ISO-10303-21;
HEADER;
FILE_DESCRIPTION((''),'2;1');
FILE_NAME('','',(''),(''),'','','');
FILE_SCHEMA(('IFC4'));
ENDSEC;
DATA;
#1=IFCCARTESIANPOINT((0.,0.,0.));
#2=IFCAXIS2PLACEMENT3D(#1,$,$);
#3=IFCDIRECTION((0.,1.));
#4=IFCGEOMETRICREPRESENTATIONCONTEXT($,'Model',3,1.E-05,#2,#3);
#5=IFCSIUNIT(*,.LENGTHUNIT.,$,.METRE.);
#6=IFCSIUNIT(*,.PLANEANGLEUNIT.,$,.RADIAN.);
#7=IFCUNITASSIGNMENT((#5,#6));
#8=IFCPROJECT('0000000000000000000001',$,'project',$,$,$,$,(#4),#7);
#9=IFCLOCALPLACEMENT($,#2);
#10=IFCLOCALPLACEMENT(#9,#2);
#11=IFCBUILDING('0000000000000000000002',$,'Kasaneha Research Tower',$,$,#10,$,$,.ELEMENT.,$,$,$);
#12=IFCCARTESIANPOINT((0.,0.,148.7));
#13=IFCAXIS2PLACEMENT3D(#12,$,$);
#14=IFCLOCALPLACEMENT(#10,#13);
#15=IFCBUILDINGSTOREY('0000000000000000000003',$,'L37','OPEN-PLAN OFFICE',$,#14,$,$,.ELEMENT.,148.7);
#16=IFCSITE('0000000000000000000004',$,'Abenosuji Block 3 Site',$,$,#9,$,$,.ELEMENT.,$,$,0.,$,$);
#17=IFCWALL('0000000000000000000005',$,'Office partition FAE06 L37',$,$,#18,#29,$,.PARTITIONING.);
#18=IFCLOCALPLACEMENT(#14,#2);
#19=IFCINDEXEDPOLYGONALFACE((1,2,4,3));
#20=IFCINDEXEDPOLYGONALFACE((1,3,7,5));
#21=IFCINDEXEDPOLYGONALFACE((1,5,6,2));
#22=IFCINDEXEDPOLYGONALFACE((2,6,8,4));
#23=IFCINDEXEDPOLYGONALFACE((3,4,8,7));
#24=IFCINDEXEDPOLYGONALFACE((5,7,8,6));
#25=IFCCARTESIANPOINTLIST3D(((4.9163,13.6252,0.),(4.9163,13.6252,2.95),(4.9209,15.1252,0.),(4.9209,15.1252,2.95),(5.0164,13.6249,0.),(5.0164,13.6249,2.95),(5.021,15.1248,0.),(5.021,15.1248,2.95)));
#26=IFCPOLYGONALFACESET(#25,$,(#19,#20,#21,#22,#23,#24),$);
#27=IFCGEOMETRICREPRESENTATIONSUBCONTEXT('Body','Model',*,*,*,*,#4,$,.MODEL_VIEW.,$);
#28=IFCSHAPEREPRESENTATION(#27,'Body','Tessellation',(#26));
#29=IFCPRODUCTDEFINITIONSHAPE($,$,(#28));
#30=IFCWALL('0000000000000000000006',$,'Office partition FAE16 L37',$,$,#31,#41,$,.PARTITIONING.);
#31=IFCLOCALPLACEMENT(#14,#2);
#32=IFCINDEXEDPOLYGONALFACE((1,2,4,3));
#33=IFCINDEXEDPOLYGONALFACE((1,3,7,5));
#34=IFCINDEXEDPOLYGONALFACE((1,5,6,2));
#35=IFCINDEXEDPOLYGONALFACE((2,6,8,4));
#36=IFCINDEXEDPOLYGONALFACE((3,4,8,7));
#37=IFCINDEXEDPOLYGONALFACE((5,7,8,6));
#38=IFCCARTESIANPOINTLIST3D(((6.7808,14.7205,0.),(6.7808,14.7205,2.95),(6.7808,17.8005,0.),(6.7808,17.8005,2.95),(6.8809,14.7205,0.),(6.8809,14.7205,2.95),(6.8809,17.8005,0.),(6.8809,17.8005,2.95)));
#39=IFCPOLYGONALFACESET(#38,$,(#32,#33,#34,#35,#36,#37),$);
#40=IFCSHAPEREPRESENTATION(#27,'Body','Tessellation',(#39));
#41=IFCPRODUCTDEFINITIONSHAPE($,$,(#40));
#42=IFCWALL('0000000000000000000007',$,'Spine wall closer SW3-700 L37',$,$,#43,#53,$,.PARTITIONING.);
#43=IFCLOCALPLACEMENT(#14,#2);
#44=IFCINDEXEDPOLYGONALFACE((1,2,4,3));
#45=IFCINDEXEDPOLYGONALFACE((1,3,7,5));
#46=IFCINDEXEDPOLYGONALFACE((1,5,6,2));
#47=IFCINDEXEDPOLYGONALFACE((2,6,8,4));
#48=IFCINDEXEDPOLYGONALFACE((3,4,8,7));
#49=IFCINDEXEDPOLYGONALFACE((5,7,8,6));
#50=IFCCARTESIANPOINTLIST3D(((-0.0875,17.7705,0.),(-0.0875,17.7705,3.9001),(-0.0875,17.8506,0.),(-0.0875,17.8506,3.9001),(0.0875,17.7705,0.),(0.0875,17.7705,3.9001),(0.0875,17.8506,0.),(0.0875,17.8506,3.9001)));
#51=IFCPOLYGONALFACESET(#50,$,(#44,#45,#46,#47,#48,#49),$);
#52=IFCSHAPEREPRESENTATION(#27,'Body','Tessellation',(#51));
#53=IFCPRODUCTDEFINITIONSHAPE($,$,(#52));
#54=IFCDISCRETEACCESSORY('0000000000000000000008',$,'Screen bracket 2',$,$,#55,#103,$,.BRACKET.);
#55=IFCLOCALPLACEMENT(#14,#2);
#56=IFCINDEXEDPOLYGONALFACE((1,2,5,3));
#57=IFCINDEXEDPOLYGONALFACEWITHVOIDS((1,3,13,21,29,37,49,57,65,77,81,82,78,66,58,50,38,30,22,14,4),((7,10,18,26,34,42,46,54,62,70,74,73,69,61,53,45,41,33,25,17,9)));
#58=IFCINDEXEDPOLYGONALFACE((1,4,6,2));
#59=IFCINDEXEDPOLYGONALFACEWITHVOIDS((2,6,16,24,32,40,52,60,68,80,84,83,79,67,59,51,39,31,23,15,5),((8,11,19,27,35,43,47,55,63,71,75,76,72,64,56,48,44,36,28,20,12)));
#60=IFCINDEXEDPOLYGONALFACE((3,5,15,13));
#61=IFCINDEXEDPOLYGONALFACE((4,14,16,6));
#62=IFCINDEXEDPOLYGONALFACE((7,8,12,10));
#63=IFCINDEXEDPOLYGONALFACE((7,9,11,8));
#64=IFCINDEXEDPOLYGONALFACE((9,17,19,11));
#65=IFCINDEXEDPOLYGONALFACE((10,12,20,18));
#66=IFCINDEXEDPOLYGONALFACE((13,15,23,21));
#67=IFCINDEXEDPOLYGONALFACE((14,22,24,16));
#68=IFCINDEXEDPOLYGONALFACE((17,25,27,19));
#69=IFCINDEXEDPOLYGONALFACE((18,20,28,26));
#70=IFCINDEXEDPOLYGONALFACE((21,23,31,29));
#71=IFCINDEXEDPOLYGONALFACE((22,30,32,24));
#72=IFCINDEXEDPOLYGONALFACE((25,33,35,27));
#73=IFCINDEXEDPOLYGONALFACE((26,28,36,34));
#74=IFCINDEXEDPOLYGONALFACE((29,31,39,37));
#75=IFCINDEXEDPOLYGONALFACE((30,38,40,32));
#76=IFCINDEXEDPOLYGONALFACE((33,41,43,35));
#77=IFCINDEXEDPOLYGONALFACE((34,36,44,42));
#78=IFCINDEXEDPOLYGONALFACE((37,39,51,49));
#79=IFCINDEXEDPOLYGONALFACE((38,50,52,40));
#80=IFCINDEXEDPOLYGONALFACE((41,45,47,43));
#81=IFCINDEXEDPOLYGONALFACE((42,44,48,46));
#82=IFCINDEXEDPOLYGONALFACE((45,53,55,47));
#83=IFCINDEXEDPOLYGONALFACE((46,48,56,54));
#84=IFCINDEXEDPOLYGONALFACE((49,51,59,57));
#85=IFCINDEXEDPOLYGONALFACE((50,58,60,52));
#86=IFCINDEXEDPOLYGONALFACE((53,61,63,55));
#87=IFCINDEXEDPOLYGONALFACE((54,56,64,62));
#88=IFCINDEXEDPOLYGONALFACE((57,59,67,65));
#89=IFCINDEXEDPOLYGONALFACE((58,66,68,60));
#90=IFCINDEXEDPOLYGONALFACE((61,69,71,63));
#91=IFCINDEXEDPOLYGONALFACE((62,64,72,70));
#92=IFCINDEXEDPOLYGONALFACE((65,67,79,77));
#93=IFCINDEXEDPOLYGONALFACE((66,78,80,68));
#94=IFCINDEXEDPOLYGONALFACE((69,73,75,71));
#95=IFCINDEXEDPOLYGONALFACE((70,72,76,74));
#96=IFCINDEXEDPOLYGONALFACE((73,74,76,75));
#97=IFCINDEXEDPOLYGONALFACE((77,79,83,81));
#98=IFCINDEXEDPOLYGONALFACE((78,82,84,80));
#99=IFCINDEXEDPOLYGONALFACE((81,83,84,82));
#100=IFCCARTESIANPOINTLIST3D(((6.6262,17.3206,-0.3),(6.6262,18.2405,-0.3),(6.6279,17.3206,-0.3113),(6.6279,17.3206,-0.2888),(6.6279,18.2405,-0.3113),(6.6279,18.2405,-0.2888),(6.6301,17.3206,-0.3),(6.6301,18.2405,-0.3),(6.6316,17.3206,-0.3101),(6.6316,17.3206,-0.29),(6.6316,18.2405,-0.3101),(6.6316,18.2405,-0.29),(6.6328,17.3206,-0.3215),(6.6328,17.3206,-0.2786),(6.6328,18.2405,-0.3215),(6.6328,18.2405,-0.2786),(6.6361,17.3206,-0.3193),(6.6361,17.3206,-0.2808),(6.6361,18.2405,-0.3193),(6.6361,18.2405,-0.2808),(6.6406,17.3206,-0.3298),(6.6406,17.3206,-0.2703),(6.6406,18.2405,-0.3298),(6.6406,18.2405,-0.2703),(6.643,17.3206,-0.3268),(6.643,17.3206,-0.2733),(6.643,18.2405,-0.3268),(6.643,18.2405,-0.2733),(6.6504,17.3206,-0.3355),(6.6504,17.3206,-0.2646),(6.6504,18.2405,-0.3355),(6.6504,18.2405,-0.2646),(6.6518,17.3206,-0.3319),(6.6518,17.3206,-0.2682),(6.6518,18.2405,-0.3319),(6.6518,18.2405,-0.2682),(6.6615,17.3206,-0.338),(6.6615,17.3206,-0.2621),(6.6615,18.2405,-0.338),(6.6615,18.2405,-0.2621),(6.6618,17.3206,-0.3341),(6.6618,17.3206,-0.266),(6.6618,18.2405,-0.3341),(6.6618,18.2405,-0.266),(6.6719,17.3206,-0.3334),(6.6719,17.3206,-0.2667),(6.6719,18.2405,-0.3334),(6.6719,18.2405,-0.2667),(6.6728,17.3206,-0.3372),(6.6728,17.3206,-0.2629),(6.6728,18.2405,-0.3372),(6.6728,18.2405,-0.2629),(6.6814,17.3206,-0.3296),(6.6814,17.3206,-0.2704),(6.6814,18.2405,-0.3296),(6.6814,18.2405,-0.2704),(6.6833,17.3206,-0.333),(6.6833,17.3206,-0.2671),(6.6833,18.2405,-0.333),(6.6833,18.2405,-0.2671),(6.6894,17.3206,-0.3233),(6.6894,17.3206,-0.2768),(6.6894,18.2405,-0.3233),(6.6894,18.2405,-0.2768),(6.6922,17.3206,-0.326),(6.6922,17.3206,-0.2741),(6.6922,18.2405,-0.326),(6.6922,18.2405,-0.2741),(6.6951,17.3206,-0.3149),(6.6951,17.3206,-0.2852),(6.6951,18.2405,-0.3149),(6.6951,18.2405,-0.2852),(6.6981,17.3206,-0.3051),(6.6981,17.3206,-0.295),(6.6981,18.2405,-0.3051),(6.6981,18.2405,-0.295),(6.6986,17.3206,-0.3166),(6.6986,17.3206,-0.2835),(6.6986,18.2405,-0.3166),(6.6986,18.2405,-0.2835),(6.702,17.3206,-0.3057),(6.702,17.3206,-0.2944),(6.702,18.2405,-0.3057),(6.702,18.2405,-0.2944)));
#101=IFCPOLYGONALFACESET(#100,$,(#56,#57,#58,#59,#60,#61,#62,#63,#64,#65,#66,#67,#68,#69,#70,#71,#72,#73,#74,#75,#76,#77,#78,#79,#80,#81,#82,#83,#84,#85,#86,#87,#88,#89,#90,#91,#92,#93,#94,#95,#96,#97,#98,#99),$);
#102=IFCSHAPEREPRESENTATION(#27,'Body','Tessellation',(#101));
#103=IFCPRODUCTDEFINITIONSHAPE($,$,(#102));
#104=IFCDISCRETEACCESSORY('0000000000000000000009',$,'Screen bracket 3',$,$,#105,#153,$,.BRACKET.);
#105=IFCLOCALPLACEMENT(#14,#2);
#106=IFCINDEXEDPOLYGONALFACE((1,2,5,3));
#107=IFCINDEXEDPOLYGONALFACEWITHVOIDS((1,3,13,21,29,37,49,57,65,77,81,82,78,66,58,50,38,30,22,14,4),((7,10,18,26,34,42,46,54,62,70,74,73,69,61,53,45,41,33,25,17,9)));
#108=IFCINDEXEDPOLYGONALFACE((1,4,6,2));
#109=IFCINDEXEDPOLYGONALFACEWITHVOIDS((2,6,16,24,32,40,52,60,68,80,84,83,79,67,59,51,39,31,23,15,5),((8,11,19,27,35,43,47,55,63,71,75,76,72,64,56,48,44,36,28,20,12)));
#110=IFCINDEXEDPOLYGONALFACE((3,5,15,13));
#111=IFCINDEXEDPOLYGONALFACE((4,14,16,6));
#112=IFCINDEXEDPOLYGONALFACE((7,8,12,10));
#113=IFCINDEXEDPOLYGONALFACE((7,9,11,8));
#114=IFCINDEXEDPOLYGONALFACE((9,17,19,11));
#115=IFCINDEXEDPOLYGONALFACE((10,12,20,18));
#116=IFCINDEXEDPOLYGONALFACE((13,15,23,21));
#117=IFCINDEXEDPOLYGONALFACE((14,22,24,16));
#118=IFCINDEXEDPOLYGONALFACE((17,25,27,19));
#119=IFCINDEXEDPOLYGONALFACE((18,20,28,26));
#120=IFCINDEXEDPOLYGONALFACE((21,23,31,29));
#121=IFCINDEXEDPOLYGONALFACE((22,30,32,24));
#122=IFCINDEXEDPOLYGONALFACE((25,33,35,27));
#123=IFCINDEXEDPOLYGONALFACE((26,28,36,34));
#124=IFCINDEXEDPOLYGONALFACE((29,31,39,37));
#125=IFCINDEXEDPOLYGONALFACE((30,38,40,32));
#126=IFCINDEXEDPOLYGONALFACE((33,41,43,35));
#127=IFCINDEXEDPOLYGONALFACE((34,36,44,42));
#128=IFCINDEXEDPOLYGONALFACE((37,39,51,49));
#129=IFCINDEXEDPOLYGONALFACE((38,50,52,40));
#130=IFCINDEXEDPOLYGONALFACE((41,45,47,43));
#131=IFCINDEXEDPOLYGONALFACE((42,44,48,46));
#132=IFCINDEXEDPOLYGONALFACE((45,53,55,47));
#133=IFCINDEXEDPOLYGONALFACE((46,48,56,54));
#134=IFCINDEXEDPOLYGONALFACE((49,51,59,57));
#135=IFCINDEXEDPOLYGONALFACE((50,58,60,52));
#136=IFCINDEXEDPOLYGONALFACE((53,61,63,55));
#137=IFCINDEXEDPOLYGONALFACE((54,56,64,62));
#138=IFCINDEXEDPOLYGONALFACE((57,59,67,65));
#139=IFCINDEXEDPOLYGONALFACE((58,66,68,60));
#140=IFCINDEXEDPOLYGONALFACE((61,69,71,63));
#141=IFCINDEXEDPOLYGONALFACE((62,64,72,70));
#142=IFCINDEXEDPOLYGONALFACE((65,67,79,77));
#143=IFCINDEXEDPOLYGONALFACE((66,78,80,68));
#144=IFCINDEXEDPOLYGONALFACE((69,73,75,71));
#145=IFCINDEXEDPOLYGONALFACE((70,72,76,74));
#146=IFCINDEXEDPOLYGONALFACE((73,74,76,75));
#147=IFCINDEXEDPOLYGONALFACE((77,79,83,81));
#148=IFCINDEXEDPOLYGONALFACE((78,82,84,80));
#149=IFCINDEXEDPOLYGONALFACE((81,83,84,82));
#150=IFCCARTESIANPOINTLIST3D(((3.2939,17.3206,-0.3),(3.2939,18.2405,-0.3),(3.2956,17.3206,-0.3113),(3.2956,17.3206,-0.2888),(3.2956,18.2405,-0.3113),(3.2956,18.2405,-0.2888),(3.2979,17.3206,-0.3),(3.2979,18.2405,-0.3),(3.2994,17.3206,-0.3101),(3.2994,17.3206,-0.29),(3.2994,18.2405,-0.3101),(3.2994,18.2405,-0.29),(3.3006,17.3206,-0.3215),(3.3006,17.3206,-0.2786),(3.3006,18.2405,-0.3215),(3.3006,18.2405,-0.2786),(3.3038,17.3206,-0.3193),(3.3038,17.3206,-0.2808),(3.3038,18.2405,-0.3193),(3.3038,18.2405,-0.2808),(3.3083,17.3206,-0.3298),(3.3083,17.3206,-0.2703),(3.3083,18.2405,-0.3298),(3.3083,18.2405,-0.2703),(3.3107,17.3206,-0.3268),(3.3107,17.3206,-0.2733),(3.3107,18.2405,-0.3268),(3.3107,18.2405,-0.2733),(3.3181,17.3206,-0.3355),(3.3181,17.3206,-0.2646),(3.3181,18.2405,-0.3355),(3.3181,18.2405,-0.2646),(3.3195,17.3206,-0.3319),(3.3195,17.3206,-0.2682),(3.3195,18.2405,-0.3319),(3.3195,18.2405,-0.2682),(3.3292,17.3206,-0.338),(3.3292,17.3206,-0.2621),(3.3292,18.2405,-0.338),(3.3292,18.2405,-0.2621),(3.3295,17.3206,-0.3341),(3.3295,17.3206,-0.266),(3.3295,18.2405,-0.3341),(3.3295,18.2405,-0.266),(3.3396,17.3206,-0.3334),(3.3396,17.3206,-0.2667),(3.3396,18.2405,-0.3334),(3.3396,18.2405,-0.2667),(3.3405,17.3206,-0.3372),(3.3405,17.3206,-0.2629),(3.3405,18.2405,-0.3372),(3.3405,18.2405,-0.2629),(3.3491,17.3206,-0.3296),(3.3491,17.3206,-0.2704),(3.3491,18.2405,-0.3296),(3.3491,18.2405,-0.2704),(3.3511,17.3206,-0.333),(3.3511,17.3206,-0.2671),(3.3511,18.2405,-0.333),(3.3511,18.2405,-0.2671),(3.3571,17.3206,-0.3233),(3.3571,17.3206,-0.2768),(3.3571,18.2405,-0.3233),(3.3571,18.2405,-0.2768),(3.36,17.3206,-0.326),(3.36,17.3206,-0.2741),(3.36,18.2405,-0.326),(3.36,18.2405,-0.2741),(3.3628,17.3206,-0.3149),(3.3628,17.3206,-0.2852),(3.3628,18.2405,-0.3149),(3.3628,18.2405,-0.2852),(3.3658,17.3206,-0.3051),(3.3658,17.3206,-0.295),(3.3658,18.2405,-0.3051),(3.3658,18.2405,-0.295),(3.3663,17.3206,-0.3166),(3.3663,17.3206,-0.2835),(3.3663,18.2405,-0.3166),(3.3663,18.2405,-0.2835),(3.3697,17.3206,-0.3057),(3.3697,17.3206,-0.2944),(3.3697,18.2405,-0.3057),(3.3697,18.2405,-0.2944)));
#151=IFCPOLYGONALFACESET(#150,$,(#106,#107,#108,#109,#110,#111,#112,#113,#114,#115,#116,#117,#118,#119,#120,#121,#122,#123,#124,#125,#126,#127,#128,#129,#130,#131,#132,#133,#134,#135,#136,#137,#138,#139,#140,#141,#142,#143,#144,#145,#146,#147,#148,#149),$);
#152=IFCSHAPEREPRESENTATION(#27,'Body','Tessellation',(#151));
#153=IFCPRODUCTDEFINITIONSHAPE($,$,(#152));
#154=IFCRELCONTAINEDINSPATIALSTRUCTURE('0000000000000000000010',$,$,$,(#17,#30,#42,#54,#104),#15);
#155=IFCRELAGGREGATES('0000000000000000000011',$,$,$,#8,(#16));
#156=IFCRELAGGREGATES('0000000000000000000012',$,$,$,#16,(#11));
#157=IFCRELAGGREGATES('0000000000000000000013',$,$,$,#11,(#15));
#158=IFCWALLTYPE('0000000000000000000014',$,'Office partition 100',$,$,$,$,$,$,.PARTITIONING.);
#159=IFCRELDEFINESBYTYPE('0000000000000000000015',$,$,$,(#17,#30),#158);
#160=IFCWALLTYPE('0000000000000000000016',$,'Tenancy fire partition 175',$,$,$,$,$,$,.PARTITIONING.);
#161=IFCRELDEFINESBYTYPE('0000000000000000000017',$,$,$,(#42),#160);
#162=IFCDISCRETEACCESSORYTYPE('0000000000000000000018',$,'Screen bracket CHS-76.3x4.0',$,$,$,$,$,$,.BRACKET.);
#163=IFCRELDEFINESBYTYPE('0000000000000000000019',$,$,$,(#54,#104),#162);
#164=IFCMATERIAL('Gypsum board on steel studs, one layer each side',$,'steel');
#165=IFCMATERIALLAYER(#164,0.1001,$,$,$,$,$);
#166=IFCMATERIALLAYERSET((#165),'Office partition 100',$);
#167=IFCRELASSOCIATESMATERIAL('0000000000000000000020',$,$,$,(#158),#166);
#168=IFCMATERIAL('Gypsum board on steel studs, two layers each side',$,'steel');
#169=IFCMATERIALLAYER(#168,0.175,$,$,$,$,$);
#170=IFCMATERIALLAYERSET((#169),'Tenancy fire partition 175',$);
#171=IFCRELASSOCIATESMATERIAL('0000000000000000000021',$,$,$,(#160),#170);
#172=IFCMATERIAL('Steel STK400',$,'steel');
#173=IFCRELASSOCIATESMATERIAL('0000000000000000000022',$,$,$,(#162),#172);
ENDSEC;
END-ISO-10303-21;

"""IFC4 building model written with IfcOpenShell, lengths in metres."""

from ifc_helpers import new_model, si_unit, direction, frame, frame_2d, origin, origin_2d, place, context, subcontext, project, spatial, rectangle, hollow_circle, extrude, material, layer, layer_set, material_profile, profile_set, type_object, element, save


model = new_model("IFC4")

# Units and contexts
model_context = context("Model", 3, precision=1e-05, world=origin(), true_north=direction((0.0, 1.0)))
body_context = subcontext(model_context, "Body", "Model", "MODEL_VIEW")
ifc_project = project(units=[si_unit("LENGTHUNIT", "METRE"), si_unit("PLANEANGLEUNIT", "RADIAN")], contexts=[model_context])

# Site, building, storey
site_placement = place(None, origin())
site = spatial("IfcSite", under=ifc_project, at=site_placement, Name="Abenosuji Block 3 Site", CompositionType="ELEMENT", RefElevation=0.0)
building_placement = place(site_placement, origin())
building = spatial("IfcBuilding", under=site, at=building_placement, Name="Kasaneha Research Tower", CompositionType="ELEMENT")
storey_placement = place(building_placement, frame((0.0, 0.0, 148.7)))
storey = spatial("IfcBuildingStorey", under=building, at=storey_placement, Name="L37", Description="OPEN-PLAN OFFICE", CompositionType="ELEMENT", Elevation=148.7)

# Shared definitions
ifc_material_1 = material(Name="Gypsum board on steel studs, one layer each side", Category="steel")
ifc_layer_1 = layer(ifc_material_1, 0.1001)
ifc_layer_set_1 = layer_set([ifc_layer_1], Name="Office partition 100")
wall_type_1 = type_object("IfcWallType", Name="Office partition 100", PredefinedType="PARTITIONING", material=ifc_layer_set_1)

# Walls
for number, where, z_axis, x_axis, name in (
    (1, (4.9709, 15.125, 0.0), (0.0, 0.0, 1.0), (-0.003092, -0.999995, 0.0), "Office partition FAE06 L37"),
):
    element("IfcWall", number, at=place(storey_placement, frame(where, z_axis=z_axis, x_axis=x_axis)), inside=storey, type_object=wall_type_1, Name=name, PredefinedType="PARTITIONING", context=body_context, shape_type="SweptSolid", body=[
        extrude(rectangle(XDim=1.5, YDim=0.1001, at=frame_2d((0.75, 0.0))), origin(), (0.0, 0.0, 1.0), 2.95),
    ])
wall_1_placement = place(storey_placement, frame((6.8308, 14.7205, 0.0), z_axis=(0.0, 0.0, 1.0), x_axis=(0.0, 1.0, 0.0)))
element("IfcWall", 2, at=wall_1_placement, inside=storey, type_object=wall_type_1, Name="Office partition FAE16 L37", PredefinedType="PARTITIONING", context=body_context, shape_type="SweptSolid", body=[
    extrude(rectangle(XDim=3.0801, YDim=0.1001, at=frame_2d((1.54, 0.0))), origin(), (0.0, 0.0, 1.0), 2.95),
])
ifc_material_2 = material(Name="Gypsum board on steel studs, two layers each side", Category="steel")
ifc_layer_2 = layer(ifc_material_2, 0.175)
ifc_layer_set_2 = layer_set([ifc_layer_2], Name="Tenancy fire partition 175")
wall_type_2 = type_object("IfcWallType", Name="Tenancy fire partition 175", PredefinedType="PARTITIONING", material=ifc_layer_set_2)
wall_2_placement = place(storey_placement, frame((0.0, 17.7705, 0.0), z_axis=(0.0, 0.0, 1.0), x_axis=(0.0, 1.0, 0.0)))
element("IfcWall", 3, at=wall_2_placement, inside=storey, type_object=wall_type_2, Name="Spine wall closer SW3-700 L37", PredefinedType="PARTITIONING", context=body_context, shape_type="SweptSolid", body=[
    extrude(rectangle(XDim=0.0801, YDim=0.175, at=frame_2d((0.04, 0.0))), origin(), (0.0, 0.0, 1.0), 3.9001),
])

# Discrete accessories
ifc_material_3 = material(Name="Steel STK400", Category="steel")
ifc_material_profile_1 = material_profile(ifc_material_3, hollow_circle(Radius=0.0381, WallThickness=0.0039, at=origin_2d()), Name="CHS-76.3x4.0")
ifc_profile_set_1 = profile_set([ifc_material_profile_1], Name="Steel STK400")
discrete_accessory_type = type_object("IfcDiscreteAccessoryType", Name="Screen bracket CHS-76.3x4.0", PredefinedType="BRACKET", material=ifc_profile_set_1)
for number, where, z_axis, x_axis, name in (
    (4, (6.6643, 17.3206, -0.3), (0.0, 1.0, 0.0), (-1.0, 0.0, 0.0), "Screen bracket 2"),
    (5, (3.332, 17.3206, -0.3), (0.0, 1.0, 0.0), (-1.0, 0.0, 0.0), "Screen bracket 3"),
):
    element("IfcDiscreteAccessory", number, at=place(storey_placement, frame(where, z_axis=z_axis, x_axis=x_axis)), inside=storey, type_object=discrete_accessory_type, Name=name, PredefinedType="BRACKET", context=body_context, shape_type="SweptSolid", body=[
        extrude(hollow_circle(Radius=0.0381, WallThickness=0.0039, at=origin_2d()), origin(), (0.0, 0.0, 1.0), 0.9199),
    ])

save(model, "model.ifc")
